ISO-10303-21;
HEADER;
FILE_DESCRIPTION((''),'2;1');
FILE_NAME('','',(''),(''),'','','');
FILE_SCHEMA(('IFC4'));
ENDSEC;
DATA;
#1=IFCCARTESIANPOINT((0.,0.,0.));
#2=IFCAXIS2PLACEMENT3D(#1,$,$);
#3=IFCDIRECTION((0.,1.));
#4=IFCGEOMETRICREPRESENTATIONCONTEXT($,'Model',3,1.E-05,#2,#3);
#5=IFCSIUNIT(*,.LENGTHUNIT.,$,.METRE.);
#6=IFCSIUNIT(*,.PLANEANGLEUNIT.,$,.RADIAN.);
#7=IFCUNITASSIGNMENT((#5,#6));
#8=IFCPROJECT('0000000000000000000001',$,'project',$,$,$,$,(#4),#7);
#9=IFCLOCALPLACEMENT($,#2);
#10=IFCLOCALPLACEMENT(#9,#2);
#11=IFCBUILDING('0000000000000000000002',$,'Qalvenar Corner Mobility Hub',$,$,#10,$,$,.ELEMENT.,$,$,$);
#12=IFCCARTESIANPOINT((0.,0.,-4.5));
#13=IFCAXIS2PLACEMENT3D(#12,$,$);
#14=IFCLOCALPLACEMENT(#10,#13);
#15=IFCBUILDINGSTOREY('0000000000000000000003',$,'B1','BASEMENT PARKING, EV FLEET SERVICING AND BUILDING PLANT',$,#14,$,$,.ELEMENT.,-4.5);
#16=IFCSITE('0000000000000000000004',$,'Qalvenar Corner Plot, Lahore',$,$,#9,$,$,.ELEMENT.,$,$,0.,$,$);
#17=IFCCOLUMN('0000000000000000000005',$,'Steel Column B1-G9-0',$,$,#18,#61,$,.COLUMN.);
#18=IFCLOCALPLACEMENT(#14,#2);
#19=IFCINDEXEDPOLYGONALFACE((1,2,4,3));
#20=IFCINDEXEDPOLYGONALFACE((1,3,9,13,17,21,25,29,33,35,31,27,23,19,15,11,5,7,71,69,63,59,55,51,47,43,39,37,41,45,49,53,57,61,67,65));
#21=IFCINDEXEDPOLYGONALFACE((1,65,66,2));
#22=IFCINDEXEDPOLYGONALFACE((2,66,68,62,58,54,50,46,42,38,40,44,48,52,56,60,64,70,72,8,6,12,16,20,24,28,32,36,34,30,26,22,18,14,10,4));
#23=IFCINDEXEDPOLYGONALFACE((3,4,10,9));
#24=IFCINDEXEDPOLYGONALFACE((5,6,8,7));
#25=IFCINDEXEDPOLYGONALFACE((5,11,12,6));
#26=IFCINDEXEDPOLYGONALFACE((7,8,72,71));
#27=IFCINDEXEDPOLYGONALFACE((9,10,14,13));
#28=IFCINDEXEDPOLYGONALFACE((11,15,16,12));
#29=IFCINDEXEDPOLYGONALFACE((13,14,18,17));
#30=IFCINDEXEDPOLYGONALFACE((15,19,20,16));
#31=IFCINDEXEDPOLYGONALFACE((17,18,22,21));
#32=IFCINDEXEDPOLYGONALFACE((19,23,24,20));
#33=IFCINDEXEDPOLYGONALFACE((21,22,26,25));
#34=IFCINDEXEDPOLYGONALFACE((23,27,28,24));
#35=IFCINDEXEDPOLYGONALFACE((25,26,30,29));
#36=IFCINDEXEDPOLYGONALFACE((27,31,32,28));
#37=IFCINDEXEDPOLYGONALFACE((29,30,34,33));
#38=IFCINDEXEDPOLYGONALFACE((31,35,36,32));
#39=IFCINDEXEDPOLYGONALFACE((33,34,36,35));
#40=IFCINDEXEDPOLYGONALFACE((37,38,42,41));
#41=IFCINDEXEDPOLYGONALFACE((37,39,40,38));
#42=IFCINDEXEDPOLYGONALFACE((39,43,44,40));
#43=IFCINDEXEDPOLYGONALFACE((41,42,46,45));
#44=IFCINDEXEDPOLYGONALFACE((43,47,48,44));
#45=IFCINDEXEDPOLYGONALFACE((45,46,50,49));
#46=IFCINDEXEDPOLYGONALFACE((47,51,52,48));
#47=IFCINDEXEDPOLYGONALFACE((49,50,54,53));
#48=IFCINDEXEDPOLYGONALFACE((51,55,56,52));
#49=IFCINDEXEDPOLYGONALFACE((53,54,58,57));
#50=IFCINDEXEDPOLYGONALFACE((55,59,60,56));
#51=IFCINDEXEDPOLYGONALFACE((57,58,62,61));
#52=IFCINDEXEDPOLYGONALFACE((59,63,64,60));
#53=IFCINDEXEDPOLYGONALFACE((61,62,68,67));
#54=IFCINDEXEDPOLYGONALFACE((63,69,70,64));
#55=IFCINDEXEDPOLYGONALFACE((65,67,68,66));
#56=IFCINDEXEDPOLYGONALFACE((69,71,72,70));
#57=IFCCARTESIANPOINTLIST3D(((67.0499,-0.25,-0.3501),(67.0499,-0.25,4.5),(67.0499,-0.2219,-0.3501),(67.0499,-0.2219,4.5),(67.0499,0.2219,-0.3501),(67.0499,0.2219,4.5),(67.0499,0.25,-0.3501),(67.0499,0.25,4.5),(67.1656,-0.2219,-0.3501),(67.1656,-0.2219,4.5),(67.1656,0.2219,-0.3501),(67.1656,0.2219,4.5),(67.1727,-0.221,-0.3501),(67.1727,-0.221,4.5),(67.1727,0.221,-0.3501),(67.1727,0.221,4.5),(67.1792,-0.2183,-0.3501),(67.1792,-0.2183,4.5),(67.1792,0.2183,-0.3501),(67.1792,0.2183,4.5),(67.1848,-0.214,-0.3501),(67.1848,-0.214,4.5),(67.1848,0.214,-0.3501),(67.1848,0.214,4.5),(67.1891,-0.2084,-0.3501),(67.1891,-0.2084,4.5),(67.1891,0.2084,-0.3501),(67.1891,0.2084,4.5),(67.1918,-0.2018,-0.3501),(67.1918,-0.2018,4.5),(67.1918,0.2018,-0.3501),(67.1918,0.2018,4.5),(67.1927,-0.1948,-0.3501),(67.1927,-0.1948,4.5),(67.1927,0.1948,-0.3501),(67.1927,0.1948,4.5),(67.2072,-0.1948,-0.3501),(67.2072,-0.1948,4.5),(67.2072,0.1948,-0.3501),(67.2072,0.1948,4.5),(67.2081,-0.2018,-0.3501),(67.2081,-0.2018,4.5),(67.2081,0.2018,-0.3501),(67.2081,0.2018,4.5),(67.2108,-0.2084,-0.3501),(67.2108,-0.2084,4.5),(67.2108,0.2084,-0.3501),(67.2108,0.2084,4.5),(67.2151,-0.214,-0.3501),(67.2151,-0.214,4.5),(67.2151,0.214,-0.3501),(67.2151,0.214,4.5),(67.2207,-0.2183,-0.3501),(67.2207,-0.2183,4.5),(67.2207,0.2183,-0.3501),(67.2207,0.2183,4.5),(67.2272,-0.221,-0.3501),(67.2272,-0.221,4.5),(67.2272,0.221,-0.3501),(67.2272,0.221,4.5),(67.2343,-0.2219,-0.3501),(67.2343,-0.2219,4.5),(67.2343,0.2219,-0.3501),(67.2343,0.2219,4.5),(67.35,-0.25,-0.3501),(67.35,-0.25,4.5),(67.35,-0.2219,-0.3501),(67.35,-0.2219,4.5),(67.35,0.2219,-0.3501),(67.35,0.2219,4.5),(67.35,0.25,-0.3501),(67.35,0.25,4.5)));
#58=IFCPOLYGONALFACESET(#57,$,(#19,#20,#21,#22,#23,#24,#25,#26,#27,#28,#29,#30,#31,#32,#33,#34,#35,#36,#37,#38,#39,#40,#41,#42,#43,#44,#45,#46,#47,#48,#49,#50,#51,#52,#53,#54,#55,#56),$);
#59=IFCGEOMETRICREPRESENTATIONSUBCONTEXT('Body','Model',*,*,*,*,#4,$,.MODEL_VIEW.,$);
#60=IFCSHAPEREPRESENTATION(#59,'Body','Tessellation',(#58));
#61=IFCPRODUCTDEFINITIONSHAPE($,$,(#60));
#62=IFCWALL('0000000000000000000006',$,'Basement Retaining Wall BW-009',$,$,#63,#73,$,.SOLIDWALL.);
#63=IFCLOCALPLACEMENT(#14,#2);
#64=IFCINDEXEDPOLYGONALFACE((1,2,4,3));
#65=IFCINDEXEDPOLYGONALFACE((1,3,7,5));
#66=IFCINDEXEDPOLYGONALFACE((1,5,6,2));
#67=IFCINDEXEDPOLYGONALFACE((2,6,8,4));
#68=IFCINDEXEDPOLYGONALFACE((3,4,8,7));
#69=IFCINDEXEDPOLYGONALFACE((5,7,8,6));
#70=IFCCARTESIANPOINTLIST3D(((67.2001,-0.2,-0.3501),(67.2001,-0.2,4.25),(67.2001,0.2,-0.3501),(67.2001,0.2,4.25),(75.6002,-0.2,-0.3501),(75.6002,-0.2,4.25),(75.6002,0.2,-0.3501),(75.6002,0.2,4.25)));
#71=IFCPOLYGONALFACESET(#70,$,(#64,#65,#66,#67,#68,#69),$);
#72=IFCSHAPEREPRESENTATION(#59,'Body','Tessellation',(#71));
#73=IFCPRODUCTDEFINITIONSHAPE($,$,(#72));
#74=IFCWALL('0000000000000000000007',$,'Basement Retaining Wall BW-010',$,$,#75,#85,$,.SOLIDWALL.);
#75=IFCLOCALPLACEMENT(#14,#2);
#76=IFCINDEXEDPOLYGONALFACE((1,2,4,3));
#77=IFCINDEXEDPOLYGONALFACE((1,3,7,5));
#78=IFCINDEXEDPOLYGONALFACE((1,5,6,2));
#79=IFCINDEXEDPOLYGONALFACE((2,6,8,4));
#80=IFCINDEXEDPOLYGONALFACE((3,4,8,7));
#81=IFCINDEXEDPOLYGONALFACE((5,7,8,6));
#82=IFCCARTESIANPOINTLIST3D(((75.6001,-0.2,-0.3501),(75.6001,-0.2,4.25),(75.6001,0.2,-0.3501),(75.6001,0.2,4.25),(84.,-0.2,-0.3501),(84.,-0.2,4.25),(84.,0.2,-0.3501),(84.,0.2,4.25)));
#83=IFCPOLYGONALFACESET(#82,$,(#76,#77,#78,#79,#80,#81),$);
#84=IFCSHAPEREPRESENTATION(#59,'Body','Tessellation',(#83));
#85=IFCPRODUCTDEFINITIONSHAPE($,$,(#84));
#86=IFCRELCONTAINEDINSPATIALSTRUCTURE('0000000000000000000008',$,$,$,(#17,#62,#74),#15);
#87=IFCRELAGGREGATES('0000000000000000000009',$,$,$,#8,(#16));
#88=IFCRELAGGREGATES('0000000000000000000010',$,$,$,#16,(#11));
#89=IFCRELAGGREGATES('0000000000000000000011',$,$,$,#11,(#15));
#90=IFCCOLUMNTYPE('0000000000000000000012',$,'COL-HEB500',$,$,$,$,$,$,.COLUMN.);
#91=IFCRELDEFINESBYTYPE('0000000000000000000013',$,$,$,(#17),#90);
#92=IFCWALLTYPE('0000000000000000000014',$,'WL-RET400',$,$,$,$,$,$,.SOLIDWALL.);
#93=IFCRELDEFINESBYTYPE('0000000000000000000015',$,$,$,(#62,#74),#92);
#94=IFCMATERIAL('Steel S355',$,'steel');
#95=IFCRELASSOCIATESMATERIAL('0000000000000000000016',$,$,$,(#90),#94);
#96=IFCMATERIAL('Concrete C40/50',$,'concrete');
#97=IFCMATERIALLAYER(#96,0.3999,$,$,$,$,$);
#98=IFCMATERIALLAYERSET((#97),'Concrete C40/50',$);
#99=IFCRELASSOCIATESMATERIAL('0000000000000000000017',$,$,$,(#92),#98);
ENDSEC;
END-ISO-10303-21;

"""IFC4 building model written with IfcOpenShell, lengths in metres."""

from ifc_helpers import new_model, si_unit, direction, frame, frame_2d, origin, origin_2d, place, context, subcontext, project, spatial, rectangle, i_section, extrude, material, layer, layer_set, material_profile, profile_set, type_object, element, save


model = new_model("IFC4")

# Units and contexts
model_context = context("Model", 3, precision=1e-05, world=origin(), true_north=direction((0.0, 1.0)))
body_context = subcontext(model_context, "Body", "Model", "MODEL_VIEW")
ifc_project = project(units=[si_unit("LENGTHUNIT", "METRE"), si_unit("PLANEANGLEUNIT", "RADIAN")], contexts=[model_context])

# Site, building, storey
site_placement = place(None, origin())
site = spatial("IfcSite", under=ifc_project, at=site_placement, Name="Qalvenar Corner Plot, Lahore", CompositionType="ELEMENT", RefElevation=0.0)
building_placement = place(site_placement, origin())
building = spatial("IfcBuilding", under=site, at=building_placement, Name="Qalvenar Corner Mobility Hub", CompositionType="ELEMENT")
storey_placement = place(building_placement, frame((0.0, 0.0, -4.5)))
storey = spatial("IfcBuildingStorey", under=building, at=storey_placement, Name="B1", Description="BASEMENT PARKING, EV FLEET SERVICING AND BUILDING PLANT", CompositionType="ELEMENT", Elevation=-4.5)

# Shared definitions
ifc_material_1 = material(Name="Concrete C40/50", Category="concrete")

# Column
ifc_material_2 = material(Name="Steel S355", Category="steel")
ifc_material_profile_1 = material_profile(ifc_material_2, i_section(OverallWidth=0.3, OverallDepth=0.5, WebThickness=0.0144, FlangeThickness=0.0281, FilletRadius=0.0271, at=origin_2d()), Name="HEB500")
ifc_profile_set_1 = profile_set([ifc_material_profile_1], Name="Steel S355")
column_type_1 = type_object("IfcColumnType", Name="COL-HEB500", PredefinedType="COLUMN", material=ifc_profile_set_1)
column_placement = place(storey_placement, frame((67.2, 0.0, -0.3501), z_axis=(0.0, 0.0, 1.0), x_axis=(1.0, 0.0, 0.0)))
element("IfcColumn", 1, at=column_placement, inside=storey, type_object=column_type_1, Name="Steel Column B1-G9-0", PredefinedType="COLUMN", context=body_context, shape_type="SweptSolid", body=[
    extrude(i_section(OverallWidth=0.3, OverallDepth=0.5, WebThickness=0.0144, FlangeThickness=0.0281, FilletRadius=0.0271, at=origin_2d()), origin(), (0.0, 0.0, 1.0), 4.8501),
])

# Walls
ifc_layer = layer(ifc_material_1, 0.3999)
ifc_layer_set = layer_set([ifc_layer], Name="Concrete C40/50")
wall_type = type_object("IfcWallType", Name="WL-RET400", PredefinedType="SOLIDWALL", material=ifc_layer_set)
wall_1_placement = place(storey_placement, frame((67.2, 0.0, -0.3501), z_axis=(0.0, 0.0, 1.0), x_axis=(1.0, 0.0, 0.0)))
element("IfcWall", 2, at=wall_1_placement, inside=storey, type_object=wall_type, Name="Basement Retaining Wall BW-009", PredefinedType="SOLIDWALL", context=body_context, shape_type="SweptSolid", body=[
    extrude(rectangle(XDim=8.4001, YDim=0.3999, at=frame_2d((4.2002, 0.0))), origin(), (0.0, 0.0, 1.0), 4.6001),
])
wall_2_placement = place(storey_placement, frame((75.6001, 0.0, -0.3501), z_axis=(0.0, 0.0, 1.0), x_axis=(1.0, 0.0, 0.0)))
element("IfcWall", 3, at=wall_2_placement, inside=storey, type_object=wall_type, Name="Basement Retaining Wall BW-010", PredefinedType="SOLIDWALL", context=body_context, shape_type="SweptSolid", body=[
    extrude(rectangle(XDim=8.3999, YDim=0.3999, at=frame_2d((4.2, 0.0))), origin(), (0.0, 0.0, 1.0), 4.6001),
])

save(model, "model.ifc")
